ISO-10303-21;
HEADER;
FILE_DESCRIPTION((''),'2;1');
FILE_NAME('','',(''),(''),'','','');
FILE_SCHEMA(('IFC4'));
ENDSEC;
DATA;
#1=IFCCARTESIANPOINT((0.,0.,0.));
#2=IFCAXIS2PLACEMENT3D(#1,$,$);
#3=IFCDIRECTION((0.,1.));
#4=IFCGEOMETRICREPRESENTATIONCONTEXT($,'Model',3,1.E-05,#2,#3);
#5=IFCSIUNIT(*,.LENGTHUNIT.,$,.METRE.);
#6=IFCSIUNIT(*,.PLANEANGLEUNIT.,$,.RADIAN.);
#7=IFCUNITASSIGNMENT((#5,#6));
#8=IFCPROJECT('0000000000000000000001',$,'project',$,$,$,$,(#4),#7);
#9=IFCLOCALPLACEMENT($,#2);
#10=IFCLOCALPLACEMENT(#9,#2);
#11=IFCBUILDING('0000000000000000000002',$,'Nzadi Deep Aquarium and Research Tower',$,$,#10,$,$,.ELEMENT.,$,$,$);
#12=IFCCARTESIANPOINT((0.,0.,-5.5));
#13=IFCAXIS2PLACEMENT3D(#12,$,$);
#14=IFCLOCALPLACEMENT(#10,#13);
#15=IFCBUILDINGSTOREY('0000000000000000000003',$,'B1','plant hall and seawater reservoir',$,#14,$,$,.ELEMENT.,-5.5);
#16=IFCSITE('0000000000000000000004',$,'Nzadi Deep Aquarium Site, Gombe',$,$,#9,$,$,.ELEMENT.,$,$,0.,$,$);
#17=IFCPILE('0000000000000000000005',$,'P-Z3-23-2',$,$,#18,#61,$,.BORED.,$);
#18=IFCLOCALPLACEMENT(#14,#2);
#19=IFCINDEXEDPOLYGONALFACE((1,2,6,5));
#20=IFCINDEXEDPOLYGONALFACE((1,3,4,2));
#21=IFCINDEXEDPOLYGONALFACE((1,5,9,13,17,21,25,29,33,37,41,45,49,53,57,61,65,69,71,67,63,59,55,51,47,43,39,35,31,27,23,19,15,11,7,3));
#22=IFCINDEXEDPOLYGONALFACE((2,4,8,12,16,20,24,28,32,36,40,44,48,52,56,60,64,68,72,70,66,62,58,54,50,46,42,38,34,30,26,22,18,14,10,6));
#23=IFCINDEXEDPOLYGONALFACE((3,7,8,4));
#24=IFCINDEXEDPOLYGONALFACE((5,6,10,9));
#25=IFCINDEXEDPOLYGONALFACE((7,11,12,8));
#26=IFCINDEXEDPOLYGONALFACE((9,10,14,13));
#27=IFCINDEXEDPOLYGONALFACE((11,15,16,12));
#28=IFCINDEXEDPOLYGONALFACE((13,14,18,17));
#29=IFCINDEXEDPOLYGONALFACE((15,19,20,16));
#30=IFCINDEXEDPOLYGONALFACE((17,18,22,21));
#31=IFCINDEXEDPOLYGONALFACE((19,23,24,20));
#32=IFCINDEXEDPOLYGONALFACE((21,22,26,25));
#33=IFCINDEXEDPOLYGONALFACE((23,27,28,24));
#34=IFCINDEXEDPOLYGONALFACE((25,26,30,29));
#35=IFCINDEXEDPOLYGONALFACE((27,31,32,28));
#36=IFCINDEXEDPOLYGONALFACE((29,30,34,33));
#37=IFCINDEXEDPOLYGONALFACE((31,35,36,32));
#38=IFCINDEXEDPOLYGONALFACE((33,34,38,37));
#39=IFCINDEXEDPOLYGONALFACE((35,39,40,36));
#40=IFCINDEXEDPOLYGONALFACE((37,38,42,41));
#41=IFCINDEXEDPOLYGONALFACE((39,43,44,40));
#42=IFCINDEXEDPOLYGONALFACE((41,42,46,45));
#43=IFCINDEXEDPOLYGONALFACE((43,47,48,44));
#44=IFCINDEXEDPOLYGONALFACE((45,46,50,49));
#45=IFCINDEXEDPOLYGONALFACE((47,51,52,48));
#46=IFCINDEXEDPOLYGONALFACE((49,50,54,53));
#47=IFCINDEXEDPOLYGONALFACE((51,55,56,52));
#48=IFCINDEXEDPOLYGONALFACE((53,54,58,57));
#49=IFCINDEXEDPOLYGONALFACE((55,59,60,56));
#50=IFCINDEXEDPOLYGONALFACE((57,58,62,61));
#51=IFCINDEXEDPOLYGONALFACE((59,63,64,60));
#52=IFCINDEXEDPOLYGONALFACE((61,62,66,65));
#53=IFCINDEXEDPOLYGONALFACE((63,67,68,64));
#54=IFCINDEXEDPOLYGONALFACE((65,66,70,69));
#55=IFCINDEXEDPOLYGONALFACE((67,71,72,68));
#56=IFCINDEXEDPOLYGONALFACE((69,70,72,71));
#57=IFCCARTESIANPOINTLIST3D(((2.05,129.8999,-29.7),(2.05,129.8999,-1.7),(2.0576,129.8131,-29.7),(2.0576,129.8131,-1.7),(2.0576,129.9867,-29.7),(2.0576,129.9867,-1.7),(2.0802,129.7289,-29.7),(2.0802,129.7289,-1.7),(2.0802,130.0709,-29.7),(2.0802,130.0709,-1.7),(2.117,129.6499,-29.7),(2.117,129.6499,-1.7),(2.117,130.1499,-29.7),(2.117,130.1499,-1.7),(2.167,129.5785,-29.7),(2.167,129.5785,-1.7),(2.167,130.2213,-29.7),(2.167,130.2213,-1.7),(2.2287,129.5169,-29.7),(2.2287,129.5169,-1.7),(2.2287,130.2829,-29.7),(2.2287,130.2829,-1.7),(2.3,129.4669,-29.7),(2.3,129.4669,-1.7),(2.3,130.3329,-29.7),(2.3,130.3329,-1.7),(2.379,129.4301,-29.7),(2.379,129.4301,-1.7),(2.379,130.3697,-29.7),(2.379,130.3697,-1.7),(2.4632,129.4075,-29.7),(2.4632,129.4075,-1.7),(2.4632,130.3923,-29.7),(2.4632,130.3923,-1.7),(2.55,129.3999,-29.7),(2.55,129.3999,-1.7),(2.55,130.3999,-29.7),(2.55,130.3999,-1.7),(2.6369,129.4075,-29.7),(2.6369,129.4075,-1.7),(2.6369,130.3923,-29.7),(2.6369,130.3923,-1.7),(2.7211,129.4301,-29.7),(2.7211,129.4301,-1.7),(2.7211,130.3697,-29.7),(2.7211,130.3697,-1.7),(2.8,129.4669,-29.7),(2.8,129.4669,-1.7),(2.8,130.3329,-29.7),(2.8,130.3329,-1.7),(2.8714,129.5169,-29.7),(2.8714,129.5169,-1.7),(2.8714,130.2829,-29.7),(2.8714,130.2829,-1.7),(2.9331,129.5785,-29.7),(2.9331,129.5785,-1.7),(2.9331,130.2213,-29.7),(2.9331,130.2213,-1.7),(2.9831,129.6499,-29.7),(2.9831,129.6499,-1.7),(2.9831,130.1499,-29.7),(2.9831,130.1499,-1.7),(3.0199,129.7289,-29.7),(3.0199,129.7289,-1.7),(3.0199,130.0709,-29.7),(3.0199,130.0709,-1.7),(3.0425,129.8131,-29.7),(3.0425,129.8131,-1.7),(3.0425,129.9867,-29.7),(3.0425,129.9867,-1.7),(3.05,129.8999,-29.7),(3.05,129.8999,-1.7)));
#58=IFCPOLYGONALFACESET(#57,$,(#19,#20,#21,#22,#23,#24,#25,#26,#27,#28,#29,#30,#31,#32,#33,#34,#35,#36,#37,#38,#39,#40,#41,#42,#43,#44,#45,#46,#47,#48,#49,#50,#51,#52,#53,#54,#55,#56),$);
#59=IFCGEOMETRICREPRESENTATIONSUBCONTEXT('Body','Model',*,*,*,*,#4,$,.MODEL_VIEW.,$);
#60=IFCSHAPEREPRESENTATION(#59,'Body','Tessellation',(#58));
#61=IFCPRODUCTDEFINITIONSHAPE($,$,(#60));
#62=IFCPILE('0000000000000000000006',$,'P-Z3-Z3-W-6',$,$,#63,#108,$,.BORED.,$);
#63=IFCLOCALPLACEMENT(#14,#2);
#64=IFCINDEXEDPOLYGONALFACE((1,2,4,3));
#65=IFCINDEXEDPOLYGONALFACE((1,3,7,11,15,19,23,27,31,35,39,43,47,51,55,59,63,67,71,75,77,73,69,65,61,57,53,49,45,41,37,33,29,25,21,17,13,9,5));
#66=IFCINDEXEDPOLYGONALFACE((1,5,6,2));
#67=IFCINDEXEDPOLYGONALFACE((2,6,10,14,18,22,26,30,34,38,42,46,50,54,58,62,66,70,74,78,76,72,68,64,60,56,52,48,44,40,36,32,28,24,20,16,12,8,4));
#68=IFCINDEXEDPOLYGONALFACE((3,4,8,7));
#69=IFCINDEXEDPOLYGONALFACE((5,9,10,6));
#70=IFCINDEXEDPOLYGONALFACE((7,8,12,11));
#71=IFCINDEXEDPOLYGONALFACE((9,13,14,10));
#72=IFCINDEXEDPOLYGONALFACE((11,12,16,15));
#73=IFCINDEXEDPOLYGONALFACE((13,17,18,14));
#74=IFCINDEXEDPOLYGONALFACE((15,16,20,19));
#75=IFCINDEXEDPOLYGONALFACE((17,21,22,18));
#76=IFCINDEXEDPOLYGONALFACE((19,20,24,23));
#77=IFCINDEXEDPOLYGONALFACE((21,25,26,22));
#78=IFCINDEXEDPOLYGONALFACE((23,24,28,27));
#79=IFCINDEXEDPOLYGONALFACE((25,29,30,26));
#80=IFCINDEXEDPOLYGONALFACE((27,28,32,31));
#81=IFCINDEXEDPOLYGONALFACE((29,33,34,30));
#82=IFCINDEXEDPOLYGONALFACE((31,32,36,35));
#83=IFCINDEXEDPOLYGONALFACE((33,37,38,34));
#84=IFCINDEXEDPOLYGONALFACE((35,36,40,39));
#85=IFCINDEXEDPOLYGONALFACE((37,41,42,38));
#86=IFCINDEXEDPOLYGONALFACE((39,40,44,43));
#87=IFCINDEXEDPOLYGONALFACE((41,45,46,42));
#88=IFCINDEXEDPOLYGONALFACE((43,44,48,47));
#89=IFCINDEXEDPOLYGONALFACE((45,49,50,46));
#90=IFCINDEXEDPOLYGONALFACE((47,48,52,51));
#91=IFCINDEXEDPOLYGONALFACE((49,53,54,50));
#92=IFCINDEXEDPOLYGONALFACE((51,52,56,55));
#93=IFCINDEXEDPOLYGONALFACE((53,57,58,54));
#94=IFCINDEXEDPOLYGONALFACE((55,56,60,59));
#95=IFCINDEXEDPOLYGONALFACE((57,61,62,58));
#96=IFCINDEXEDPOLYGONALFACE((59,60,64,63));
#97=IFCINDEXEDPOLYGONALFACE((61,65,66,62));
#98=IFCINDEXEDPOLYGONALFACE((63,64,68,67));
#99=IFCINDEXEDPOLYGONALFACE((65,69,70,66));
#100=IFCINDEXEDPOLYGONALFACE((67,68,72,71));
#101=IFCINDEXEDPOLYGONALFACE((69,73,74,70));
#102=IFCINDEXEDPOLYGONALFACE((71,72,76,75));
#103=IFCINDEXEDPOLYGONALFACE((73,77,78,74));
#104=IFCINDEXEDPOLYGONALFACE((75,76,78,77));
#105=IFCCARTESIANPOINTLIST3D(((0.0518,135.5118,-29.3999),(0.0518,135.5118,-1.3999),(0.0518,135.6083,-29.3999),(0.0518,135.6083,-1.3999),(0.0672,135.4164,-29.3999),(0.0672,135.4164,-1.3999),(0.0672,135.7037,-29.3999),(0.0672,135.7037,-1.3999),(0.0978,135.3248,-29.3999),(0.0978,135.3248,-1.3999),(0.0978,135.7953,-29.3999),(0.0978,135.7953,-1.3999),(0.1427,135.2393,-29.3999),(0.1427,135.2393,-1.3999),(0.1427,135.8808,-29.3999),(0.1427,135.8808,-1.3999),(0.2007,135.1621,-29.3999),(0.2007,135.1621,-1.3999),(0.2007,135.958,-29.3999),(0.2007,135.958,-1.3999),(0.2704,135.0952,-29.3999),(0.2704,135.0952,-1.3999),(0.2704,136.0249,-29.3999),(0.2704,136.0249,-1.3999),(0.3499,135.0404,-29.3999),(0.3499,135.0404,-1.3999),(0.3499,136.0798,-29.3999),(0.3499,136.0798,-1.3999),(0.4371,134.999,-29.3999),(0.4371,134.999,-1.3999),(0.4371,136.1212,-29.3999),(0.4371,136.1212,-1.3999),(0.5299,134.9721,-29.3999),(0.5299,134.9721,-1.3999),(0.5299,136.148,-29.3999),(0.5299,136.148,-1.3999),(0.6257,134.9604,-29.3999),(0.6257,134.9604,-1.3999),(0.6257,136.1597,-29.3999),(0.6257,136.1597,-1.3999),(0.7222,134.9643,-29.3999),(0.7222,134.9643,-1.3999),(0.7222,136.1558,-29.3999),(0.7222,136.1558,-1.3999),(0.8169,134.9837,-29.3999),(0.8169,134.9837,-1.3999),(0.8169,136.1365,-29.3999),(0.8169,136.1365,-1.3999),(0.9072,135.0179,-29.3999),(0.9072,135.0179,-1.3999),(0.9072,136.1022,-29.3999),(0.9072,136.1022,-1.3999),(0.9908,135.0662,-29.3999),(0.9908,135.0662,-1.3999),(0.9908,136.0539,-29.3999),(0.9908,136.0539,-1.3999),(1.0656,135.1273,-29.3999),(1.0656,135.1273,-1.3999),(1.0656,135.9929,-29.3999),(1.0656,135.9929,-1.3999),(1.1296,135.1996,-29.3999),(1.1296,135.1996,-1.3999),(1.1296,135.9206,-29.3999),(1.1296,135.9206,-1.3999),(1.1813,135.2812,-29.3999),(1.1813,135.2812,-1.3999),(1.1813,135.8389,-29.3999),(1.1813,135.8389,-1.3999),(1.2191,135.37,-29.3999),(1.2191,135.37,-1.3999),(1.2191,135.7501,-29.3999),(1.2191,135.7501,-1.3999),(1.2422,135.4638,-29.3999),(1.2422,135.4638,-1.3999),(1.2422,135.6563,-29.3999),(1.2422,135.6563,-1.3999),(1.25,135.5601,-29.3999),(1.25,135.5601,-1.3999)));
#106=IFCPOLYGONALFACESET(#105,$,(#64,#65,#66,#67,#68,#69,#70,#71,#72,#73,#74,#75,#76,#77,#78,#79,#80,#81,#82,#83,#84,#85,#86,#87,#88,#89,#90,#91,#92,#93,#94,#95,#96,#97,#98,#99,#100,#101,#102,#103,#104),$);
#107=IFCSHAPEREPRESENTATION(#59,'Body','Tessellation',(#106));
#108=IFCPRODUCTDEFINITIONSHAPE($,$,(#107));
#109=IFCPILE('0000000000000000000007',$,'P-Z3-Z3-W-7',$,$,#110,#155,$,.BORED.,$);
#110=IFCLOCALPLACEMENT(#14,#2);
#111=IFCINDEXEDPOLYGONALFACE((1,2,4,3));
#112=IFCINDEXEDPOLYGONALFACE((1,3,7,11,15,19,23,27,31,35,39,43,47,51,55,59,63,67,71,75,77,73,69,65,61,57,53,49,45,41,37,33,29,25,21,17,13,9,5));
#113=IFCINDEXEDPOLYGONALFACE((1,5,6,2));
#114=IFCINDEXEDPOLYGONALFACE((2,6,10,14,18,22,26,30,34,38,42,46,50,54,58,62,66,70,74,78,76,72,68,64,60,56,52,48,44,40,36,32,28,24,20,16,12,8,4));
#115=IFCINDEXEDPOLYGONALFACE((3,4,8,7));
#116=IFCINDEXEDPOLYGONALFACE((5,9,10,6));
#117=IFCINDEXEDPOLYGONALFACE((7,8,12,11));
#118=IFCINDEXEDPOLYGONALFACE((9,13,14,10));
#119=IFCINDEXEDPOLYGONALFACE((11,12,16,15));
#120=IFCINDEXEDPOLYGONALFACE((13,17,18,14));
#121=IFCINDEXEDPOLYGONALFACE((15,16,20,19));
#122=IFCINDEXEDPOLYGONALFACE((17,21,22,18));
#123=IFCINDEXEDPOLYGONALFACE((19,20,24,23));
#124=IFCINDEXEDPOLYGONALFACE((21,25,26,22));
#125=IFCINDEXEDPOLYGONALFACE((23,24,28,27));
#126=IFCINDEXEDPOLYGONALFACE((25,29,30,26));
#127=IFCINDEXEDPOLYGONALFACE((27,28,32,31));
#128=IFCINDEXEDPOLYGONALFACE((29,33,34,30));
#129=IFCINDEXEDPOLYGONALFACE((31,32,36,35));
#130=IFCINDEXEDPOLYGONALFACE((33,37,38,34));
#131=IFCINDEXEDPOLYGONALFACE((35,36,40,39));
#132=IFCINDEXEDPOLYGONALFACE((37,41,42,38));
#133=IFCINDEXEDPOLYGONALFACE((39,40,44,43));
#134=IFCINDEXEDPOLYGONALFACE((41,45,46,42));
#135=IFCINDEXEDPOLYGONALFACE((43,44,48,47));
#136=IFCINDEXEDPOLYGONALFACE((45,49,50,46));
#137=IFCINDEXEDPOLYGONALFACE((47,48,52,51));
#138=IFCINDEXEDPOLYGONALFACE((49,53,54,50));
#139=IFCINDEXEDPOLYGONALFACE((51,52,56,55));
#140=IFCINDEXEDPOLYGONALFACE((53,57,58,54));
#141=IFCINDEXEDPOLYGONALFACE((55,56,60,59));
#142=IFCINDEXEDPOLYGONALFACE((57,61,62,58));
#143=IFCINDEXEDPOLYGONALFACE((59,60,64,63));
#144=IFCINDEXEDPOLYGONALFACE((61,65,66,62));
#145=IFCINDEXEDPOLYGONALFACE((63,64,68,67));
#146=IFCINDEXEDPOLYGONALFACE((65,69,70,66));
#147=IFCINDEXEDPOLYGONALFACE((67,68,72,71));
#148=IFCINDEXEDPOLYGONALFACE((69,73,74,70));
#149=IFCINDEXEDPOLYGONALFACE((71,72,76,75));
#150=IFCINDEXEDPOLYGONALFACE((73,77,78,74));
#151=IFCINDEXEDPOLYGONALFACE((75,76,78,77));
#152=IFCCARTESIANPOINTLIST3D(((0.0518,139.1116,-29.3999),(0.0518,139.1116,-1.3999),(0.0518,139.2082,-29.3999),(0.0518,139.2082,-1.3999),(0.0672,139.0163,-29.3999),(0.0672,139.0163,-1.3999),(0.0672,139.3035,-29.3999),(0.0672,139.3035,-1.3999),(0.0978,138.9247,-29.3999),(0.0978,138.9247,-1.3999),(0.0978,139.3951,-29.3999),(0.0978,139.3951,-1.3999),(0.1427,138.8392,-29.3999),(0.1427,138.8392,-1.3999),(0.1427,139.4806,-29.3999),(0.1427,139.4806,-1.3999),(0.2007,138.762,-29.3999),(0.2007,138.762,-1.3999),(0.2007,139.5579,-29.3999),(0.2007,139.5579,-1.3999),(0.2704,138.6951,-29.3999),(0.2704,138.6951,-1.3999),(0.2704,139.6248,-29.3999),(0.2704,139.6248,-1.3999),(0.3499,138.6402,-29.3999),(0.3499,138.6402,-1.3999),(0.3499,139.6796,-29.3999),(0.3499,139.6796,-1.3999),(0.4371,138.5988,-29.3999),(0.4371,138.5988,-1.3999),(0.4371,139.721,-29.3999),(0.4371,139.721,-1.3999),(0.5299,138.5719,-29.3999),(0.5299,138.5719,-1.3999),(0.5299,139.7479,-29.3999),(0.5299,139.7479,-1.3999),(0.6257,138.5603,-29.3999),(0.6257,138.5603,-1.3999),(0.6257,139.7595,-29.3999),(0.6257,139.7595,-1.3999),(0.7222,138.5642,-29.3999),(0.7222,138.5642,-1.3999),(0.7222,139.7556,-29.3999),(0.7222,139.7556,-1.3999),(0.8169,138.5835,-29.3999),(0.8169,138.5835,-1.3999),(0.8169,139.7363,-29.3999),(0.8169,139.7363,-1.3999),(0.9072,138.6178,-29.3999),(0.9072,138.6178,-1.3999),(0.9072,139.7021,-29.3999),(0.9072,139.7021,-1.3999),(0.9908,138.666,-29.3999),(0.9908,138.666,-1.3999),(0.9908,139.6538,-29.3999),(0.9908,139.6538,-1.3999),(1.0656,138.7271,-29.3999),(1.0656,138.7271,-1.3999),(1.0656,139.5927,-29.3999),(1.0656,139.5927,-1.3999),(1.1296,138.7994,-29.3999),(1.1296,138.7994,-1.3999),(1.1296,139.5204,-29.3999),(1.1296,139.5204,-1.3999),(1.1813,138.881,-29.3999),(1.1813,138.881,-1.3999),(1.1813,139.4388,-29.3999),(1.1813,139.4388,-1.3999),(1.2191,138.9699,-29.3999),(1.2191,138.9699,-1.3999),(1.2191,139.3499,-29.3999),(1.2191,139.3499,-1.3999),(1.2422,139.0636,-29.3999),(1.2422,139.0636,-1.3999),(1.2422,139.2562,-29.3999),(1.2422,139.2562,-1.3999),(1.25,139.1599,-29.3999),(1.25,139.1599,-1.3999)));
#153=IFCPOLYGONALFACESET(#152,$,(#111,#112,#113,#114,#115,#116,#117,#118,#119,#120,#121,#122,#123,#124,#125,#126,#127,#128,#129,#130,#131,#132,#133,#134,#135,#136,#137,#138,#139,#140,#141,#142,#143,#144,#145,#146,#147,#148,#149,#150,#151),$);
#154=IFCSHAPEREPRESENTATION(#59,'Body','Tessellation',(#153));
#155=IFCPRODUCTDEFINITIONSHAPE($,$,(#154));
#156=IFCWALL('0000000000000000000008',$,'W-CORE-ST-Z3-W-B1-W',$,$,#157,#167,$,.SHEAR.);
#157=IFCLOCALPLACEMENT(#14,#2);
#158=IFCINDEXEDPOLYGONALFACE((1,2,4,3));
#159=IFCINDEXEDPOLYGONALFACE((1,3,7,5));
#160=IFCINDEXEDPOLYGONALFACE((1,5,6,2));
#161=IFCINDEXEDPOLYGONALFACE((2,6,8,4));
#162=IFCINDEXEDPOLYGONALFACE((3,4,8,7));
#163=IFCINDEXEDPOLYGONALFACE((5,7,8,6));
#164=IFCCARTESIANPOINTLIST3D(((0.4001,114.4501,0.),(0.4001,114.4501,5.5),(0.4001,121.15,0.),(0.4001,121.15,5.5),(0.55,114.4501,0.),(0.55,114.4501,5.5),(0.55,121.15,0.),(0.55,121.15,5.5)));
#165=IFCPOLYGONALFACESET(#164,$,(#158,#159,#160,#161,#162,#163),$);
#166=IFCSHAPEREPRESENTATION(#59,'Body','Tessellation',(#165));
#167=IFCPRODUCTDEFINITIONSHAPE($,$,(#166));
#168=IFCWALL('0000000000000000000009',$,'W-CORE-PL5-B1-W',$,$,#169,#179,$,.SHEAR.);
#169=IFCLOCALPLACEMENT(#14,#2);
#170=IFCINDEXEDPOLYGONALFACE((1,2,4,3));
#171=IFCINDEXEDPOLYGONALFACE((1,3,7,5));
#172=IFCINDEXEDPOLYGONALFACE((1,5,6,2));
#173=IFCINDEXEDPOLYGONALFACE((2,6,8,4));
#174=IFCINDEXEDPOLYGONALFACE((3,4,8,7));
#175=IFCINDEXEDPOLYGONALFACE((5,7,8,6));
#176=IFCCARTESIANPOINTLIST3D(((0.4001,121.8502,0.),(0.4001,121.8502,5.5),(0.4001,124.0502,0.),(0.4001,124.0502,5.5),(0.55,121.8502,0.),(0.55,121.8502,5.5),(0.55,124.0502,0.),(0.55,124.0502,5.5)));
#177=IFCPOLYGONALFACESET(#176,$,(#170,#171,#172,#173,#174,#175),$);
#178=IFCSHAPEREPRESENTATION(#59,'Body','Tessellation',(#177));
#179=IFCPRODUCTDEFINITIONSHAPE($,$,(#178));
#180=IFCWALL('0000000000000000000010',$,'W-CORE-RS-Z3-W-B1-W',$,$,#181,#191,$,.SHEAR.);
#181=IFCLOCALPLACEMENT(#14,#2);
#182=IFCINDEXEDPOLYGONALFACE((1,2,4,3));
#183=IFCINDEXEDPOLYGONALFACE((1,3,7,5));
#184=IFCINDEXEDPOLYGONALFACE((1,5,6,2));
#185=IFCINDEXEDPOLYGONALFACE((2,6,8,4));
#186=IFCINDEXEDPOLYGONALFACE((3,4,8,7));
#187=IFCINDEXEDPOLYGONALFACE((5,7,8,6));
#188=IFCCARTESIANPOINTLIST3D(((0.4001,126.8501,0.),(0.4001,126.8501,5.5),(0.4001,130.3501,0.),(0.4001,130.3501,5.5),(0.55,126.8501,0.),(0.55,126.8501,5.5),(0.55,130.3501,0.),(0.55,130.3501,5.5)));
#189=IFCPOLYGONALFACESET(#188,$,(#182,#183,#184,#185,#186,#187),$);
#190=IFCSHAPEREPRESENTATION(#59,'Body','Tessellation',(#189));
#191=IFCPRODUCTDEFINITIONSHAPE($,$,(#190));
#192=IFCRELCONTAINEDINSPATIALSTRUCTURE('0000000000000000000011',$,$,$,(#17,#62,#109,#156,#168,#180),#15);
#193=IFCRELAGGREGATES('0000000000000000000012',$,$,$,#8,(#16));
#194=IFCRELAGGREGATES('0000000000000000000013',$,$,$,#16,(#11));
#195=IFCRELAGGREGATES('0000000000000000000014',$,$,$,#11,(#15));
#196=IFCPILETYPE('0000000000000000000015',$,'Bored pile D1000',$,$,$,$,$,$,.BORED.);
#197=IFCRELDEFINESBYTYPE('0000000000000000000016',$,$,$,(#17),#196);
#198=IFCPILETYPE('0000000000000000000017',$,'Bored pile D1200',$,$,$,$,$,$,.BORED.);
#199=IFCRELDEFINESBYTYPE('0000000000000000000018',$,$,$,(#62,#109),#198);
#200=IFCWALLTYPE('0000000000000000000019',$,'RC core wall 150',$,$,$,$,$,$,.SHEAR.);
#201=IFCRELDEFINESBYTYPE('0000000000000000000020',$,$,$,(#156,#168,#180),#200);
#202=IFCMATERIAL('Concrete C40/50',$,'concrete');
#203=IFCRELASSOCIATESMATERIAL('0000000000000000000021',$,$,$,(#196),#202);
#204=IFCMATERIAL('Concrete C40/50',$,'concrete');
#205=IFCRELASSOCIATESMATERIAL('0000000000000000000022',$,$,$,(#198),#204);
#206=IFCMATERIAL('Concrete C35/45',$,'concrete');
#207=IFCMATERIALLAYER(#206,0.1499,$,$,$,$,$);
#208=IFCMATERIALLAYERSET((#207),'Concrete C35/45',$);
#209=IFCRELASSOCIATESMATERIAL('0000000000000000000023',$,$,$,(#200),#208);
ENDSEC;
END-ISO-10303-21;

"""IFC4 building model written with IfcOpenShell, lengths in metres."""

from ifc_helpers import new_model, si_unit, direction, frame, frame_2d, origin, origin_2d, place, context, subcontext, project, spatial, rectangle, circle, extrude, material, layer, layer_set, material_profile, profile_set, type_object, element, save


model = new_model("IFC4")

# Units and contexts
model_context = context("Model", 3, precision=1e-05, world=origin(), true_north=direction((0.0, 1.0)))
body_context = subcontext(model_context, "Body", "Model", "MODEL_VIEW")
ifc_project = project(units=[si_unit("LENGTHUNIT", "METRE"), si_unit("PLANEANGLEUNIT", "RADIAN")], contexts=[model_context])

# Site, building, storey
site_placement = place(None, origin())
site = spatial("IfcSite", under=ifc_project, at=site_placement, Name="Nzadi Deep Aquarium Site, Gombe", CompositionType="ELEMENT", RefElevation=0.0)
building_placement = place(site_placement, origin())
building = spatial("IfcBuilding", under=site, at=building_placement, Name="Nzadi Deep Aquarium and Research Tower", CompositionType="ELEMENT")
storey_placement = place(building_placement, frame((0.0, 0.0, -5.5)))
storey = spatial("IfcBuildingStorey", under=building, at=storey_placement, Name="B1", Description="plant hall and seawater reservoir", CompositionType="ELEMENT", Elevation=-5.5)

# Piles
ifc_material_1 = material(Name="Concrete C40/50", Category="concrete")
ifc_material_profile_1 = material_profile(ifc_material_1, circle(Radius=0.5, at=origin_2d()))
ifc_profile_set_1 = profile_set([ifc_material_profile_1], Name="Concrete C40/50")
pile_type_1 = type_object("IfcPileType", Name="Bored pile D1000", PredefinedType="BORED", material=ifc_profile_set_1)
for number, where, z_axis, x_axis, name in (
    (1, (2.55, 129.8999, -1.7), (0.0, 0.0, -1.0), (1.0, 0.0, 0.0), "P-Z3-23-2"),
):
    element("IfcPile", number, at=place(storey_placement, frame(where, z_axis=z_axis, x_axis=x_axis)), inside=storey, type_object=pile_type_1, Name=name, PredefinedType="BORED", context=body_context, shape_type="SweptSolid", body=[
        extrude(circle(Radius=0.5, at=origin_2d()), origin(), (0.0, 0.0, 1.0), 28.0),
    ])
ifc_material_2 = material(Name="Concrete C40/50", Category="concrete")
ifc_material_profile_2 = material_profile(ifc_material_2, circle(Radius=0.6001, at=origin_2d()))
ifc_profile_set_2 = profile_set([ifc_material_profile_2], Name="Concrete C40/50")
pile_type_2 = type_object("IfcPileType", Name="Bored pile D1200", PredefinedType="BORED", material=ifc_profile_set_2)
for number, where, z_axis, x_axis, name in (
    (2, (0.6499, 135.5601, -1.3999), (0.0, 0.0, -1.0), (1.0, 0.0, 0.0), "P-Z3-Z3-W-6"),
    (3, (0.6499, 139.1599, -1.3999), (0.0, 0.0, -1.0), (1.0, 0.0, 0.0), "P-Z3-Z3-W-7"),
):
    element("IfcPile", number, at=place(storey_placement, frame(where, z_axis=z_axis, x_axis=x_axis)), inside=storey, type_object=pile_type_2, Name=name, PredefinedType="BORED", context=body_context, shape_type="SweptSolid", body=[
        extrude(circle(Radius=0.6001, at=origin_2d()), origin(), (0.0, 0.0, 1.0), 28.0),
    ])

# Walls
ifc_material_3 = material(Name="Concrete C35/45", Category="concrete")
ifc_layer_1 = layer(ifc_material_3, 0.1499)
ifc_layer_set_1 = layer_set([ifc_layer_1], Name="Concrete C35/45")
wall_type_1 = type_object("IfcWallType", Name="RC core wall 150", PredefinedType="SHEAR", material=ifc_layer_set_1)
wall_1_placement = place(storey_placement, frame((0.4751, 114.45, 0.0), z_axis=(0.0, 0.0, 1.0), x_axis=(0.0, 1.0, 0.0)))
element("IfcWall", 4, at=wall_1_placement, inside=storey, type_object=wall_type_1, Name="W-CORE-ST-Z3-W-B1-W", PredefinedType="SHEAR", context=body_context, shape_type="SweptSolid", body=[
    extrude(rectangle(XDim=6.7, YDim=0.1499, at=frame_2d((3.3501, 0.0))), origin(), (0.0, 0.0, 1.0), 5.5),
])
wall_2_placement = place(storey_placement, frame((0.4751, 121.8501, 0.0), z_axis=(0.0, 0.0, 1.0), x_axis=(0.0, 1.0, 0.0)))
element("IfcWall", 5, at=wall_2_placement, inside=storey, type_object=wall_type_1, Name="W-CORE-PL5-B1-W", PredefinedType="SHEAR", context=body_context, shape_type="SweptSolid", body=[
    extrude(rectangle(XDim=2.2, YDim=0.1499, at=frame_2d((1.1001, 0.0))), origin(), (0.0, 0.0, 1.0), 5.5),
])
wall_3_placement = place(storey_placement, frame((0.4751, 126.8501, 0.0), z_axis=(0.0, 0.0, 1.0), x_axis=(0.0, 1.0, 0.0)))
element("IfcWall", 6, at=wall_3_placement, inside=storey, type_object=wall_type_1, Name="W-CORE-RS-Z3-W-B1-W", PredefinedType="SHEAR", context=body_context, shape_type="SweptSolid", body=[
    extrude(rectangle(XDim=3.5, YDim=0.1499, at=frame_2d((1.75, 0.0))), origin(), (0.0, 0.0, 1.0), 5.5),
])

save(model, "model.ifc")
